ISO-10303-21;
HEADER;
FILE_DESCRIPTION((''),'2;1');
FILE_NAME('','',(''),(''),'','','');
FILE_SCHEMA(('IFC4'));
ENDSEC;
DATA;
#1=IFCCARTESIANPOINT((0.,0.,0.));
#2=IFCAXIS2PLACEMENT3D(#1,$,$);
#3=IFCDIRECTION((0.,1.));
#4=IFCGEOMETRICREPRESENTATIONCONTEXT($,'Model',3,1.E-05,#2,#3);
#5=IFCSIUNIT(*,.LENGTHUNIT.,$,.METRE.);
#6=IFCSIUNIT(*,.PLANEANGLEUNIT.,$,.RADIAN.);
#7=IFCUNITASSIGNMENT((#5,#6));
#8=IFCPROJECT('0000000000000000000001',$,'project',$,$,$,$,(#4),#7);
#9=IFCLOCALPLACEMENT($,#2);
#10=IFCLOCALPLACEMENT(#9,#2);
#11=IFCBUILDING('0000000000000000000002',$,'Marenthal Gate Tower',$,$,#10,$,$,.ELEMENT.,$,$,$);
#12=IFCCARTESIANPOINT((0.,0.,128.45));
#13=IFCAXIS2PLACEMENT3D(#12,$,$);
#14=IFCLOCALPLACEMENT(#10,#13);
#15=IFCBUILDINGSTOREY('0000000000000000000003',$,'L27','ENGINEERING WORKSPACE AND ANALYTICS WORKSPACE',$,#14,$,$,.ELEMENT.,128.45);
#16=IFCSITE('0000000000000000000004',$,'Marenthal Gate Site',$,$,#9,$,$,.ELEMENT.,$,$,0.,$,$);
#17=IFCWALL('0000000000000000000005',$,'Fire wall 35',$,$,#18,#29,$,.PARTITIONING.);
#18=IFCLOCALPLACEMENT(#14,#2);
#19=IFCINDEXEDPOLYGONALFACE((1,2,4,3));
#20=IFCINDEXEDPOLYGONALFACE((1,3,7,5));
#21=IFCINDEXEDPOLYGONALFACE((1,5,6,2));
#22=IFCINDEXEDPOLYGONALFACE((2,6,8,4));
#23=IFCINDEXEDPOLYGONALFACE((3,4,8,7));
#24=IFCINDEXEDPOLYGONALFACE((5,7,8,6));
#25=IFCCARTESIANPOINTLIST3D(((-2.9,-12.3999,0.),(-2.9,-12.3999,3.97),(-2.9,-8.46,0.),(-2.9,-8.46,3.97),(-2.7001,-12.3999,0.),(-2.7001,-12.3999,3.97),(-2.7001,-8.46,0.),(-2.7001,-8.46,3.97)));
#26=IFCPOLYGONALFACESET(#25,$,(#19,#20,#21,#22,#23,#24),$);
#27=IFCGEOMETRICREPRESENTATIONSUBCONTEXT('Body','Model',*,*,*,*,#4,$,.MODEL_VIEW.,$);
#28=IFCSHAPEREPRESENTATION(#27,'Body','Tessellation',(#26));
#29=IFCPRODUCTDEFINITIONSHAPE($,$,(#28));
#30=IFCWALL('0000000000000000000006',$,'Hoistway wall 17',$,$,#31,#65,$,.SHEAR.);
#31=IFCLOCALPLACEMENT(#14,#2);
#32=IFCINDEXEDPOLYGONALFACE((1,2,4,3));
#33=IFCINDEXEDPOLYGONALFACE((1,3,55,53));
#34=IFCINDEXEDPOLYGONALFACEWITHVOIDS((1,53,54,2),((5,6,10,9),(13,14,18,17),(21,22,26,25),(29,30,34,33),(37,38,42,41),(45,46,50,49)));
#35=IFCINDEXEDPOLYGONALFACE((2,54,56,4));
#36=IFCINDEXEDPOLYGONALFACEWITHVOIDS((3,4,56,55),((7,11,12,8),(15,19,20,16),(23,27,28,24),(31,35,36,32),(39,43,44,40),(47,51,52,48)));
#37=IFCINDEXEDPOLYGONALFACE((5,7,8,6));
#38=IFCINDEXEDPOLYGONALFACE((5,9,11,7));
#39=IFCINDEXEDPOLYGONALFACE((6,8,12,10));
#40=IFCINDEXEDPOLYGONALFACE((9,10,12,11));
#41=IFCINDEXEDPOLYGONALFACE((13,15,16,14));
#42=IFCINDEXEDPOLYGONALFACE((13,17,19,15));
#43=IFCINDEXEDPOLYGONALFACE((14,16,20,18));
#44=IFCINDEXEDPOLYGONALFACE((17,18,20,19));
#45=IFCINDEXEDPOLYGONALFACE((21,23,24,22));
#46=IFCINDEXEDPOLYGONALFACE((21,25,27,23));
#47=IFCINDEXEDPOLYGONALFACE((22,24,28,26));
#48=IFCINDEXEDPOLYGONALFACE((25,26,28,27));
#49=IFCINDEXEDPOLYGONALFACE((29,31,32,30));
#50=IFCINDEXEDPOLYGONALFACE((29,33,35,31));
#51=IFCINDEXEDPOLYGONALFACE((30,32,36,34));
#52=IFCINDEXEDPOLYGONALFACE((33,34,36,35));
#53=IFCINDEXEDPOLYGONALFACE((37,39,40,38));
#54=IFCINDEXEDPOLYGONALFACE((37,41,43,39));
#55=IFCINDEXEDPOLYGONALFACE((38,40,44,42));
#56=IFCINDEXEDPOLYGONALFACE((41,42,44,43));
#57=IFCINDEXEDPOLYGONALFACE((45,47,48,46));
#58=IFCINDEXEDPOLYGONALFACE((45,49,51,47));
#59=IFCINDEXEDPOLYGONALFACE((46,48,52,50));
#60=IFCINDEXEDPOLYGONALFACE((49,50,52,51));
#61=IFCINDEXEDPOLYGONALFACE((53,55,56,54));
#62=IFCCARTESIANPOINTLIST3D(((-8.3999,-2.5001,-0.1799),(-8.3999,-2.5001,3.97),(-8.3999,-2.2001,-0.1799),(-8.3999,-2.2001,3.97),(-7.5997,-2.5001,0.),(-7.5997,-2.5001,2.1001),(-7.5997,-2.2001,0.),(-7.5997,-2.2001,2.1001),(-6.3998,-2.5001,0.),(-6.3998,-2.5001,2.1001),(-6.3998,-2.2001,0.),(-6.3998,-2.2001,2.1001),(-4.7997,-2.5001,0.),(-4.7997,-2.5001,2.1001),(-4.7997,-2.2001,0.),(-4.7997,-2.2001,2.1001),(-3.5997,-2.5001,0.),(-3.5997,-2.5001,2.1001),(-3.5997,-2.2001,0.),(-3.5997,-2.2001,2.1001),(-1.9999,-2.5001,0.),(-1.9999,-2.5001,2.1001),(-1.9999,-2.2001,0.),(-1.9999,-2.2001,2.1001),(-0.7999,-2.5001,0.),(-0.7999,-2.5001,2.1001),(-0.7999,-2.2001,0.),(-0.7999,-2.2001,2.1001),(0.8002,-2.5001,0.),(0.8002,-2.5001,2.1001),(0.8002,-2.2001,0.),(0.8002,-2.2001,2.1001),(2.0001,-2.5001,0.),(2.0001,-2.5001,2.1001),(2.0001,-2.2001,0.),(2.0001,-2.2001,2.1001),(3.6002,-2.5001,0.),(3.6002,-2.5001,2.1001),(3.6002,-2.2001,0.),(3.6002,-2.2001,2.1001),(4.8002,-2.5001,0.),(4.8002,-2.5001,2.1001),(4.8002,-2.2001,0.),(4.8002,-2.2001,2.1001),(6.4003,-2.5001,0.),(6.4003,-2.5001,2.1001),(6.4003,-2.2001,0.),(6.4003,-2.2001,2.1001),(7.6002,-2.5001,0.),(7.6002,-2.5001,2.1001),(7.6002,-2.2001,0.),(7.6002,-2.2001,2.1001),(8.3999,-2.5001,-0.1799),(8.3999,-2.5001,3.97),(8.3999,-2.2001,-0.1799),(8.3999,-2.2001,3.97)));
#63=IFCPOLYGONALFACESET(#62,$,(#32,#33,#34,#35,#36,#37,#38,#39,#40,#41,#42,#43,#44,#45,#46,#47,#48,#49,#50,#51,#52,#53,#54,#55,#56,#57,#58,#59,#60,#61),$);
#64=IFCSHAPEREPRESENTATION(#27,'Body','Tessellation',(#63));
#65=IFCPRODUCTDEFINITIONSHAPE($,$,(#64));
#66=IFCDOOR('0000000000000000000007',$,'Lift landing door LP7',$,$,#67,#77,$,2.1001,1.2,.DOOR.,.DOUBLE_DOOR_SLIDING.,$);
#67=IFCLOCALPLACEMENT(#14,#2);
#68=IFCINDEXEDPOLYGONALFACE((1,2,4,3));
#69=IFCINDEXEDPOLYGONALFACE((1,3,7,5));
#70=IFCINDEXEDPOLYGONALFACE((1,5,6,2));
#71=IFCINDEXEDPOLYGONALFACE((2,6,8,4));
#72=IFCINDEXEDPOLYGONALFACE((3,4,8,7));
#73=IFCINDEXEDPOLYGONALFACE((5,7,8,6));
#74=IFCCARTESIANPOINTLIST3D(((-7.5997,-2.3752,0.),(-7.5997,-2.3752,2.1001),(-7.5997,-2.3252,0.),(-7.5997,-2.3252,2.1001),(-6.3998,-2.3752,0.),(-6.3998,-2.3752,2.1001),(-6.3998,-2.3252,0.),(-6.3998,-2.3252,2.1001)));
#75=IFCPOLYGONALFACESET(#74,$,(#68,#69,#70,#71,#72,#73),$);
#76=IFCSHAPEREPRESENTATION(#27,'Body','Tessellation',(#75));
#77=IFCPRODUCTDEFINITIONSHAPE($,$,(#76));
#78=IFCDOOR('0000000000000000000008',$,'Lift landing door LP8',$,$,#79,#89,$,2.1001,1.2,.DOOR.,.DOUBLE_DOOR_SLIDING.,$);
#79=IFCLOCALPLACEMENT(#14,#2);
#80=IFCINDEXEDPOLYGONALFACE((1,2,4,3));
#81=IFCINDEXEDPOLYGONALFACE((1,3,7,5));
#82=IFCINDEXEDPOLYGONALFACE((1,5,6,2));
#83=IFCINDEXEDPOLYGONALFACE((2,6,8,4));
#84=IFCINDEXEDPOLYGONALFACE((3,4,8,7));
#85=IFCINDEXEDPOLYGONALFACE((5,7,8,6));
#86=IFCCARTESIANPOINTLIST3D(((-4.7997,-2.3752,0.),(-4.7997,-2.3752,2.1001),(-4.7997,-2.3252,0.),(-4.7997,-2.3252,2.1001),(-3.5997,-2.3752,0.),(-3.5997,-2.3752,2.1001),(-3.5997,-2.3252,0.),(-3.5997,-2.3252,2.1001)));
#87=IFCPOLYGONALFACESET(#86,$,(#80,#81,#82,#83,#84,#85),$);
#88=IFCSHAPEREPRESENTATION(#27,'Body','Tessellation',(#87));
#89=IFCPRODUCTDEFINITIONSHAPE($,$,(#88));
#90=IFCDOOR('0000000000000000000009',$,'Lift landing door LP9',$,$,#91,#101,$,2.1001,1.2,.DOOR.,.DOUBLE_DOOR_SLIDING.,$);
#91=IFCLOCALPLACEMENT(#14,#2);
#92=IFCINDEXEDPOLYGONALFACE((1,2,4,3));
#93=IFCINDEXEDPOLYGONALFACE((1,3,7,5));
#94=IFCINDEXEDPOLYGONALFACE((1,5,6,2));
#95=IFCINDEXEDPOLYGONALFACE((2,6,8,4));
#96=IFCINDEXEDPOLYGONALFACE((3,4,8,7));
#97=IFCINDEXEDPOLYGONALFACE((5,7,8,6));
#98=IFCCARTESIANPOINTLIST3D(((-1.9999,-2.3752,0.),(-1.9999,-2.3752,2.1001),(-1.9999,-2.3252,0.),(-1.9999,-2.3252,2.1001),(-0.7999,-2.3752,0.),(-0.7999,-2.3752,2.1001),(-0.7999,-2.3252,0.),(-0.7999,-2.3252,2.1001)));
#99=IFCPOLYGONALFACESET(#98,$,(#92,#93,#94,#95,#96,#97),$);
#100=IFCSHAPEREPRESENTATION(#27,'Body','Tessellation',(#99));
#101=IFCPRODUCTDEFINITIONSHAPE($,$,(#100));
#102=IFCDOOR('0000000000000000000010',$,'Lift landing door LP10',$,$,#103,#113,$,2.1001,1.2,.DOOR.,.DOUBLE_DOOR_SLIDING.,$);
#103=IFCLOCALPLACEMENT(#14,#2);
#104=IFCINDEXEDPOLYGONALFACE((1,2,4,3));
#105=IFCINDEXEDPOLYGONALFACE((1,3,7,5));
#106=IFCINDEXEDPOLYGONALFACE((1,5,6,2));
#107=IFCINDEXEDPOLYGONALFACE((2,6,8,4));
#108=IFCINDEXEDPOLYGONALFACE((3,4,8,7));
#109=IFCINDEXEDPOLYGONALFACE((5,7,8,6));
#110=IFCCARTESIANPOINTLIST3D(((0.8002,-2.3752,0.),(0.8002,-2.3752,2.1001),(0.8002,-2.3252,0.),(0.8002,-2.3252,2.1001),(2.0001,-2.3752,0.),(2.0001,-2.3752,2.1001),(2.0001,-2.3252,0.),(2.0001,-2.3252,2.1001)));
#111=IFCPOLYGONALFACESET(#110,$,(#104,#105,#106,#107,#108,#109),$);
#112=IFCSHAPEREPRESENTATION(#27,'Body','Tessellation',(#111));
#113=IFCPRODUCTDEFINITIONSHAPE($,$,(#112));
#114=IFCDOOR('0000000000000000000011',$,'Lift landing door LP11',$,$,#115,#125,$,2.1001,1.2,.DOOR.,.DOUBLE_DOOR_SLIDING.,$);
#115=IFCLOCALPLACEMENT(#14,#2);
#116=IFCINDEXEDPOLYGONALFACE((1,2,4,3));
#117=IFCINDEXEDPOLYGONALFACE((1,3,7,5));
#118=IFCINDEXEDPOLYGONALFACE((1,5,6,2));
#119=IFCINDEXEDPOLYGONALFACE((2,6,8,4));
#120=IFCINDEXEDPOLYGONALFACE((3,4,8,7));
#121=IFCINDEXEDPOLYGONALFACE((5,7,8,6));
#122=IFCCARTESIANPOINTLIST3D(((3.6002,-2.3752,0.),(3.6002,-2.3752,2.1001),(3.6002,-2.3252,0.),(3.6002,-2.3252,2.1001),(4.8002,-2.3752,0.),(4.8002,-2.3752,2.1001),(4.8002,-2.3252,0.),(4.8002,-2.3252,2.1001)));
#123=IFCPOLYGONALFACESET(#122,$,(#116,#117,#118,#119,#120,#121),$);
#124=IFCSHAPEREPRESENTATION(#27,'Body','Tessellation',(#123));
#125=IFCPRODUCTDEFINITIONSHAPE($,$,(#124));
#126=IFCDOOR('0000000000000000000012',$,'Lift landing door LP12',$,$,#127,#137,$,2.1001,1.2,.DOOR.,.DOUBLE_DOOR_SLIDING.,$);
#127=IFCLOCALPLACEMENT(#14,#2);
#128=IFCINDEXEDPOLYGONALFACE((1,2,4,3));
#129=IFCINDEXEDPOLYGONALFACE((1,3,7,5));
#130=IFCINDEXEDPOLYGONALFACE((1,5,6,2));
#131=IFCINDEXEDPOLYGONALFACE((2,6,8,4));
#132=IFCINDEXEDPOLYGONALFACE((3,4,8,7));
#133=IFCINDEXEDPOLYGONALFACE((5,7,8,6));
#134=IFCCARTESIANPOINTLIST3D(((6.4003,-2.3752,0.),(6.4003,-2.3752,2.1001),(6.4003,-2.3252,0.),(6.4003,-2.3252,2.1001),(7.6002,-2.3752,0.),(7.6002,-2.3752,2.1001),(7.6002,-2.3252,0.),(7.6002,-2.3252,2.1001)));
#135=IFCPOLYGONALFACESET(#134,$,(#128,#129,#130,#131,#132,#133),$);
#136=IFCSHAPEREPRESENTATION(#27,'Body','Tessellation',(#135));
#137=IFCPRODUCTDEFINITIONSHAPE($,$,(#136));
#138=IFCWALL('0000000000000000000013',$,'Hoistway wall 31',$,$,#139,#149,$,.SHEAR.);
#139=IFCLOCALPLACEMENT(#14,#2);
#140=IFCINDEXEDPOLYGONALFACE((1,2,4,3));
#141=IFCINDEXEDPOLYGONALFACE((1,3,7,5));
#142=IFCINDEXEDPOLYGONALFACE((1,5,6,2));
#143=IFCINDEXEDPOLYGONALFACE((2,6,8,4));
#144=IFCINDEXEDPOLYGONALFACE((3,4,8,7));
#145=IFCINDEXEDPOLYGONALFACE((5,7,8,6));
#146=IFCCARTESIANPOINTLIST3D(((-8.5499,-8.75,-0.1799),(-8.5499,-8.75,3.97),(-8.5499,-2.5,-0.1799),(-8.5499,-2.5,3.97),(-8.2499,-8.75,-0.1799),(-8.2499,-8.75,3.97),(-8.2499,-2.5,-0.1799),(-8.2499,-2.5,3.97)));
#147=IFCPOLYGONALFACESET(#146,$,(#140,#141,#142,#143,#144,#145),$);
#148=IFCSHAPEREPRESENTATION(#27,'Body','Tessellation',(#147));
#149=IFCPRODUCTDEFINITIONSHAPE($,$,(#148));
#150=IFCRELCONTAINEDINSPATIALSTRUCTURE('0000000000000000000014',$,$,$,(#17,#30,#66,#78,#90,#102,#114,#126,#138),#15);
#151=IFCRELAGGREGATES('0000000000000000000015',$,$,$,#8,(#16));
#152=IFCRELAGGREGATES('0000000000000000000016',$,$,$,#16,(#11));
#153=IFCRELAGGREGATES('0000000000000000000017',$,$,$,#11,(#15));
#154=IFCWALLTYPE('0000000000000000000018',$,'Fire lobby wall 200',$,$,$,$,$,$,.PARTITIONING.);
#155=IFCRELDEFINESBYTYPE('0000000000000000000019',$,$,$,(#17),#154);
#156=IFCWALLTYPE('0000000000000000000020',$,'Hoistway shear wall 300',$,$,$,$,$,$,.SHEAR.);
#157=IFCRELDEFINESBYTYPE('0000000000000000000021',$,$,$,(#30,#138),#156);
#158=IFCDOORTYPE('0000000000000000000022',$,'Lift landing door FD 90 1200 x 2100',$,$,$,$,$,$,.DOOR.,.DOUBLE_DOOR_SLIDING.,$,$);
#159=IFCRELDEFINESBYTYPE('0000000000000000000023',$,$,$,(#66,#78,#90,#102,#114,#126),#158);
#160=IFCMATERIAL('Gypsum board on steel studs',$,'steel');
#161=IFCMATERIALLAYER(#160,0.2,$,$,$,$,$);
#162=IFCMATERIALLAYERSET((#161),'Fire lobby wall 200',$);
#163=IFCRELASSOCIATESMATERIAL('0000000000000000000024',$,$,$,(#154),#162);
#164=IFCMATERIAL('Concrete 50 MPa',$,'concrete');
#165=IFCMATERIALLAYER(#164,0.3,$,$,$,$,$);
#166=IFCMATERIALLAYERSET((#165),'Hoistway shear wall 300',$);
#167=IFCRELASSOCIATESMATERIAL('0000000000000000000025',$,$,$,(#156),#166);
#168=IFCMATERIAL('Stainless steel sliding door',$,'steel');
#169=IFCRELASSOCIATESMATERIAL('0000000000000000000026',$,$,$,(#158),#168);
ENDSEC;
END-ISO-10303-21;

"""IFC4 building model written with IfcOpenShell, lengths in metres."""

from ifc_helpers import new_model, si_unit, direction, frame, frame_2d, origin, place, context, subcontext, project, spatial, rectangle, extrude, material, layer, layer_set, type_object, element, fill, save


model = new_model("IFC4")

# Units and contexts
model_context = context("Model", 3, precision=1e-05, world=origin(), true_north=direction((0.0, 1.0)))
body_context = subcontext(model_context, "Body", "Model", "MODEL_VIEW")
ifc_project = project(units=[si_unit("LENGTHUNIT", "METRE"), si_unit("PLANEANGLEUNIT", "RADIAN")], contexts=[model_context])

# Site, building, storey
site_placement = place(None, origin())
site = spatial("IfcSite", under=ifc_project, at=site_placement, Name="Marenthal Gate Site", CompositionType="ELEMENT", RefElevation=0.0)
building_placement = place(site_placement, origin())
building = spatial("IfcBuilding", under=site, at=building_placement, Name="Marenthal Gate Tower", CompositionType="ELEMENT")
storey_placement = place(building_placement, frame((0.0, 0.0, 128.45)))
storey = spatial("IfcBuildingStorey", under=building, at=storey_placement, Name="L27", Description="ENGINEERING WORKSPACE AND ANALYTICS WORKSPACE", CompositionType="ELEMENT", Elevation=128.45)

# Wall
ifc_material_1 = material(Name="Gypsum board on steel studs", Category="steel")
ifc_layer_1 = layer(ifc_material_1, 0.2)
ifc_layer_set_1 = layer_set([ifc_layer_1], Name="Fire lobby wall 200")
wall_type_1 = type_object("IfcWallType", Name="Fire lobby wall 200", PredefinedType="PARTITIONING", material=ifc_layer_set_1)
wall_1_placement = place(storey_placement, frame((-2.8, -12.3999, 0.0), z_axis=(0.0, 0.0, 1.0), x_axis=(0.0, 1.0, 0.0)))
element("IfcWall", 1, at=wall_1_placement, inside=storey, type_object=wall_type_1, Name="Fire wall 35", PredefinedType="PARTITIONING", context=body_context, shape_type="SweptSolid", body=[
    extrude(rectangle(XDim=3.9399, YDim=0.2, at=frame_2d((1.97, 0.0))), origin(), (0.0, 0.0, 1.0), 3.97),
])

# Wall, openings, doors
ifc_material_2 = material(Name="Concrete 50 MPa", Category="concrete")
ifc_layer_2 = layer(ifc_material_2, 0.3)
ifc_layer_set_2 = layer_set([ifc_layer_2], Name="Hoistway shear wall 300")
wall_type_2 = type_object("IfcWallType", Name="Hoistway shear wall 300", PredefinedType="SHEAR", material=ifc_layer_set_2)
wall_2_placement = place(storey_placement, frame((-8.3999, -2.3501, -0.1799), z_axis=(0.0, 0.0, 1.0), x_axis=(1.0, 0.0, 0.0)))
wall_2 = element("IfcWall", 2, at=wall_2_placement, inside=storey, type_object=wall_type_2, Name="Hoistway wall 17", PredefinedType="SHEAR", context=body_context, shape_type="SweptSolid", body=[
    extrude(rectangle(XDim=16.7998, YDim=0.3, at=frame_2d((8.3999, 0.0))), origin(), (0.0, 0.0, 1.0), 4.1499),
])
opening_1_placement = place(wall_2_placement, frame((0.8, 0.0, 0.1799)))
opening_1 = element("IfcOpeningElement", 3, at=opening_1_placement, cuts=wall_2, PredefinedType="OPENING", context=body_context, shape_type="SweptSolid", body=[
    extrude(rectangle(XDim=1.2, YDim=2.1001, at=frame_2d((0.6001, 1.05))), frame((0.0, 0.1602, 0.0), z_axis=(0.0, -1.0, 0.0), x_axis=(1.0, 0.0, 0.0)), (0.0, 0.0, 1.0), 0.3201),
])
opening_2_placement = place(wall_2_placement, frame((3.6001, 0.0, 0.1799)))
opening_2 = element("IfcOpeningElement", 4, at=opening_2_placement, cuts=wall_2, PredefinedType="OPENING", context=body_context, shape_type="SweptSolid", body=[
    extrude(rectangle(XDim=1.2, YDim=2.1001, at=frame_2d((0.6001, 1.05))), frame((0.0, 0.1602, 0.0), z_axis=(0.0, -1.0, 0.0), x_axis=(1.0, 0.0, 0.0)), (0.0, 0.0, 1.0), 0.3201),
])
opening_3_placement = place(wall_2_placement, frame((6.3999, 0.0, 0.1799)))
opening_3 = element("IfcOpeningElement", 5, at=opening_3_placement, cuts=wall_2, PredefinedType="OPENING", context=body_context, shape_type="SweptSolid", body=[
    extrude(rectangle(XDim=1.2, YDim=2.1001, at=frame_2d((0.6001, 1.05))), frame((0.0, 0.1602, 0.0), z_axis=(0.0, -1.0, 0.0), x_axis=(1.0, 0.0, 0.0)), (0.0, 0.0, 1.0), 0.3201),
])
opening_4_placement = place(wall_2_placement, frame((9.2, 0.0, 0.1799)))
opening_4 = element("IfcOpeningElement", 6, at=opening_4_placement, cuts=wall_2, PredefinedType="OPENING", context=body_context, shape_type="SweptSolid", body=[
    extrude(rectangle(XDim=1.2, YDim=2.1001, at=frame_2d((0.6001, 1.05))), frame((0.0, 0.1602, 0.0), z_axis=(0.0, -1.0, 0.0), x_axis=(1.0, 0.0, 0.0)), (0.0, 0.0, 1.0), 0.3201),
])
opening_5_placement = place(wall_2_placement, frame((12.0, 0.0, 0.1799)))
opening_5 = element("IfcOpeningElement", 7, at=opening_5_placement, cuts=wall_2, PredefinedType="OPENING", context=body_context, shape_type="SweptSolid", body=[
    extrude(rectangle(XDim=1.2, YDim=2.1001, at=frame_2d((0.6001, 1.05))), frame((0.0, 0.1602, 0.0), z_axis=(0.0, -1.0, 0.0), x_axis=(1.0, 0.0, 0.0)), (0.0, 0.0, 1.0), 0.3201),
])
opening_6_placement = place(wall_2_placement, frame((14.8, 0.0, 0.1799)))
opening_6 = element("IfcOpeningElement", 8, at=opening_6_placement, cuts=wall_2, PredefinedType="OPENING", context=body_context, shape_type="SweptSolid", body=[
    extrude(rectangle(XDim=1.2, YDim=2.1001, at=frame_2d((0.6001, 1.05))), frame((0.0, 0.1602, 0.0), z_axis=(0.0, -1.0, 0.0), x_axis=(1.0, 0.0, 0.0)), (0.0, 0.0, 1.0), 0.3201),
])
ifc_material_3 = material(Name="Stainless steel sliding door", Category="steel")
door_type_1 = type_object("IfcDoorType", Name="Lift landing door FD 90 1200 x 2100", OperationType="DOUBLE_DOOR_SLIDING", PredefinedType="DOOR", material=ifc_material_3)
door_1_placement = place(opening_1_placement, origin())
door_1 = element("IfcDoor", 9, at=door_1_placement, inside=storey, type_object=door_type_1, Name="Lift landing door LP7", OperationType="DOUBLE_DOOR_SLIDING", OverallHeight=2.1001, OverallWidth=1.2, PredefinedType="DOOR", context=body_context, shape_type="SweptSolid", body=[
    extrude(rectangle(XDim=1.2, YDim=2.1001, at=frame_2d((0.6001, 1.05))), frame((0.0, 0.0249, 0.0), z_axis=(0.0, -1.0, 0.0), x_axis=(1.0, 0.0, 0.0)), (0.0, 0.0, 1.0), 0.05),
])
fill(opening_1, door_1)
door_2_placement = place(opening_2_placement, origin())
door_2 = element("IfcDoor", 10, at=door_2_placement, inside=storey, type_object=door_type_1, Name="Lift landing door LP8", OperationType="DOUBLE_DOOR_SLIDING", OverallHeight=2.1001, OverallWidth=1.2, PredefinedType="DOOR", context=body_context, shape_type="SweptSolid", body=[
    extrude(rectangle(XDim=1.2, YDim=2.1001, at=frame_2d((0.6001, 1.05))), frame((0.0, 0.0249, 0.0), z_axis=(0.0, -1.0, 0.0), x_axis=(1.0, 0.0, 0.0)), (0.0, 0.0, 1.0), 0.05),
])
fill(opening_2, door_2)
door_3_placement = place(opening_3_placement, origin())
door_3 = element("IfcDoor", 11, at=door_3_placement, inside=storey, type_object=door_type_1, Name="Lift landing door LP9", OperationType="DOUBLE_DOOR_SLIDING", OverallHeight=2.1001, OverallWidth=1.2, PredefinedType="DOOR", context=body_context, shape_type="SweptSolid", body=[
    extrude(rectangle(XDim=1.2, YDim=2.1001, at=frame_2d((0.6001, 1.05))), frame((0.0, 0.0249, 0.0), z_axis=(0.0, -1.0, 0.0), x_axis=(1.0, 0.0, 0.0)), (0.0, 0.0, 1.0), 0.05),
])
fill(opening_3, door_3)
door_4_placement = place(opening_4_placement, origin())
door_4 = element("IfcDoor", 12, at=door_4_placement, inside=storey, type_object=door_type_1, Name="Lift landing door LP10", OperationType="DOUBLE_DOOR_SLIDING", OverallHeight=2.1001, OverallWidth=1.2, PredefinedType="DOOR", context=body_context, shape_type="SweptSolid", body=[
    extrude(rectangle(XDim=1.2, YDim=2.1001, at=frame_2d((0.6001, 1.05))), frame((0.0, 0.0249, 0.0), z_axis=(0.0, -1.0, 0.0), x_axis=(1.0, 0.0, 0.0)), (0.0, 0.0, 1.0), 0.05),
])
fill(opening_4, door_4)
door_5_placement = place(opening_5_placement, origin())
door_5 = element("IfcDoor", 13, at=door_5_placement, inside=storey, type_object=door_type_1, Name="Lift landing door LP11", OperationType="DOUBLE_DOOR_SLIDING", OverallHeight=2.1001, OverallWidth=1.2, PredefinedType="DOOR", context=body_context, shape_type="SweptSolid", body=[
    extrude(rectangle(XDim=1.2, YDim=2.1001, at=frame_2d((0.6001, 1.05))), frame((0.0, 0.0249, 0.0), z_axis=(0.0, -1.0, 0.0), x_axis=(1.0, 0.0, 0.0)), (0.0, 0.0, 1.0), 0.05),
])
fill(opening_5, door_5)
door_6_placement = place(opening_6_placement, origin())
door_6 = element("IfcDoor", 14, at=door_6_placement, inside=storey, type_object=door_type_1, Name="Lift landing door LP12", OperationType="DOUBLE_DOOR_SLIDING", OverallHeight=2.1001, OverallWidth=1.2, PredefinedType="DOOR", context=body_context, shape_type="SweptSolid", body=[
    extrude(rectangle(XDim=1.2, YDim=2.1001, at=frame_2d((0.6001, 1.05))), frame((0.0, 0.0249, 0.0), z_axis=(0.0, -1.0, 0.0), x_axis=(1.0, 0.0, 0.0)), (0.0, 0.0, 1.0), 0.05),
])
fill(opening_6, door_6)

# Wall
wall_3_placement = place(storey_placement, frame((-8.3999, -8.75, -0.1799), z_axis=(0.0, 0.0, 1.0), x_axis=(0.0, 1.0, 0.0)))
element("IfcWall", 15, at=wall_3_placement, inside=storey, type_object=wall_type_2, Name="Hoistway wall 31", PredefinedType="SHEAR", context=body_context, shape_type="SweptSolid", body=[
    extrude(rectangle(XDim=6.25, YDim=0.3, at=frame_2d((3.125, 0.0))), origin(), (0.0, 0.0, 1.0), 4.1499),
])

save(model, "model.ifc")
